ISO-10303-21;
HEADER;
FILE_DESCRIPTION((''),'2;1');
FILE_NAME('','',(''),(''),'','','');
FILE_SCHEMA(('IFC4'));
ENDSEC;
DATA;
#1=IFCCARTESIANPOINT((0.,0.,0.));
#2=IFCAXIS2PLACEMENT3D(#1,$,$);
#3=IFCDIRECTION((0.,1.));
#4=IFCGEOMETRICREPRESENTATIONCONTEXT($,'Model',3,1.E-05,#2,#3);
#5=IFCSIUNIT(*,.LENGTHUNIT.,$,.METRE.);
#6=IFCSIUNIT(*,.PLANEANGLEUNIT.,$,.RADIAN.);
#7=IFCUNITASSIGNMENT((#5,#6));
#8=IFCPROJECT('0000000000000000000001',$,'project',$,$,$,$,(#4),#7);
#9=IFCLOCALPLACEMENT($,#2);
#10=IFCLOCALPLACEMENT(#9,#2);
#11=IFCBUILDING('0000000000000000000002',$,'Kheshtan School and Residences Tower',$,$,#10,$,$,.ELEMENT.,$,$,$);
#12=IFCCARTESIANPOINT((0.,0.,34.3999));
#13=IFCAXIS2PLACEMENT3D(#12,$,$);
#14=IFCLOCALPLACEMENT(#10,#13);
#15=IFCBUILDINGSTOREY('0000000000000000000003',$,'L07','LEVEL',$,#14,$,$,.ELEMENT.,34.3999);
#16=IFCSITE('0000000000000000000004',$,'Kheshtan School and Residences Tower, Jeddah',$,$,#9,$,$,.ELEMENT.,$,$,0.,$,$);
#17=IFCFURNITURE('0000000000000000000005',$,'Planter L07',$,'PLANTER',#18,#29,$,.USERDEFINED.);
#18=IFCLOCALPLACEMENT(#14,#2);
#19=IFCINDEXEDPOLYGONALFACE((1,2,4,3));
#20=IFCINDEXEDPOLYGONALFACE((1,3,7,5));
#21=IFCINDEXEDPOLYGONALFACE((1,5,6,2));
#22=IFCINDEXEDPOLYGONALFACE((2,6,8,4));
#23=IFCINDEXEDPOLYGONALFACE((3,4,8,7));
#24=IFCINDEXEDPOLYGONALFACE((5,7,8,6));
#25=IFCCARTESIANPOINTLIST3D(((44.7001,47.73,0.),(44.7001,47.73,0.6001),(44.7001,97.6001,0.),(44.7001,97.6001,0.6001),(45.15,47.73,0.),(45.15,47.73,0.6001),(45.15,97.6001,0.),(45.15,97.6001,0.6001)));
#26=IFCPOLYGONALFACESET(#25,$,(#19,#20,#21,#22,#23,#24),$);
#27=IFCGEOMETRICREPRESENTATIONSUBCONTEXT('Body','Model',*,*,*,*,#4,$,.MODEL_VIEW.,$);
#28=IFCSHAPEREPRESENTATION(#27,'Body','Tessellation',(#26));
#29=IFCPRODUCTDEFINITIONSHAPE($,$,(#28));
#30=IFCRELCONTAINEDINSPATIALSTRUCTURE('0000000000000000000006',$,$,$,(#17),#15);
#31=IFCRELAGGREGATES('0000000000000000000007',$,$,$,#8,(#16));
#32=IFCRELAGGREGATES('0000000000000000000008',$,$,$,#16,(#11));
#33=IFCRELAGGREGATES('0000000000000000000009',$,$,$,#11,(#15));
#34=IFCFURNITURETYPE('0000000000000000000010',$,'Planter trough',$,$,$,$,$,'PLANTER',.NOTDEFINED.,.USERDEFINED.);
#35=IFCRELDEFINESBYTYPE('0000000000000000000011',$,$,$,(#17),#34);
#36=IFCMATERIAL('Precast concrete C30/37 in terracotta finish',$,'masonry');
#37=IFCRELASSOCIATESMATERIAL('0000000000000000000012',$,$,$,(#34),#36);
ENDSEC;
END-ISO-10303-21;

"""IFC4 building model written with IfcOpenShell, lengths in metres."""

from ifc_helpers import new_model, si_unit, direction, frame, origin, origin_2d, place, context, subcontext, project, spatial, rectangle, extrude, material, type_object, element, save


model = new_model("IFC4")

# Units and contexts
model_context = context("Model", 3, precision=1e-05, world=origin(), true_north=direction((0.0, 1.0)))
body_context = subcontext(model_context, "Body", "Model", "MODEL_VIEW")
ifc_project = project(units=[si_unit("LENGTHUNIT", "METRE"), si_unit("PLANEANGLEUNIT", "RADIAN")], contexts=[model_context])

# Site, building, storey
site_placement = place(None, origin())
site = spatial("IfcSite", under=ifc_project, at=site_placement, Name="Kheshtan School and Residences Tower, Jeddah", CompositionType="ELEMENT", RefElevation=0.0)
building_placement = place(site_placement, origin())
building = spatial("IfcBuilding", under=site, at=building_placement, Name="Kheshtan School and Residences Tower", CompositionType="ELEMENT")
storey_placement = place(building_placement, frame((0.0, 0.0, 34.3999)))
storey = spatial("IfcBuildingStorey", under=building, at=storey_placement, Name="L07", Description="LEVEL", CompositionType="ELEMENT", Elevation=34.3999)

# Furniture
ifc_material_1 = material(Name="Precast concrete C30/37 in terracotta finish", Category="masonry")
furniture_type = type_object("IfcFurnitureType", Name="Planter trough", ElementType="PLANTER", AssemblyPlace="NOTDEFINED", PredefinedType="USERDEFINED", material=ifc_material_1)
furniture_placement = place(storey_placement, frame((44.925, 72.665, 0.0), z_axis=(0.0, 0.0, 1.0), x_axis=(0.0, -1.0, 0.0)))
element("IfcFurniture", 1, at=furniture_placement, inside=storey, type_object=furniture_type, Name="Planter L07", ObjectType="PLANTER", PredefinedType="USERDEFINED", context=body_context, shape_type="SweptSolid", body=[
    extrude(rectangle(XDim=49.8701, YDim=0.45, at=origin_2d()), origin(), (0.0, 0.0, 1.0), 0.6001),
])

save(model, "model.ifc")
